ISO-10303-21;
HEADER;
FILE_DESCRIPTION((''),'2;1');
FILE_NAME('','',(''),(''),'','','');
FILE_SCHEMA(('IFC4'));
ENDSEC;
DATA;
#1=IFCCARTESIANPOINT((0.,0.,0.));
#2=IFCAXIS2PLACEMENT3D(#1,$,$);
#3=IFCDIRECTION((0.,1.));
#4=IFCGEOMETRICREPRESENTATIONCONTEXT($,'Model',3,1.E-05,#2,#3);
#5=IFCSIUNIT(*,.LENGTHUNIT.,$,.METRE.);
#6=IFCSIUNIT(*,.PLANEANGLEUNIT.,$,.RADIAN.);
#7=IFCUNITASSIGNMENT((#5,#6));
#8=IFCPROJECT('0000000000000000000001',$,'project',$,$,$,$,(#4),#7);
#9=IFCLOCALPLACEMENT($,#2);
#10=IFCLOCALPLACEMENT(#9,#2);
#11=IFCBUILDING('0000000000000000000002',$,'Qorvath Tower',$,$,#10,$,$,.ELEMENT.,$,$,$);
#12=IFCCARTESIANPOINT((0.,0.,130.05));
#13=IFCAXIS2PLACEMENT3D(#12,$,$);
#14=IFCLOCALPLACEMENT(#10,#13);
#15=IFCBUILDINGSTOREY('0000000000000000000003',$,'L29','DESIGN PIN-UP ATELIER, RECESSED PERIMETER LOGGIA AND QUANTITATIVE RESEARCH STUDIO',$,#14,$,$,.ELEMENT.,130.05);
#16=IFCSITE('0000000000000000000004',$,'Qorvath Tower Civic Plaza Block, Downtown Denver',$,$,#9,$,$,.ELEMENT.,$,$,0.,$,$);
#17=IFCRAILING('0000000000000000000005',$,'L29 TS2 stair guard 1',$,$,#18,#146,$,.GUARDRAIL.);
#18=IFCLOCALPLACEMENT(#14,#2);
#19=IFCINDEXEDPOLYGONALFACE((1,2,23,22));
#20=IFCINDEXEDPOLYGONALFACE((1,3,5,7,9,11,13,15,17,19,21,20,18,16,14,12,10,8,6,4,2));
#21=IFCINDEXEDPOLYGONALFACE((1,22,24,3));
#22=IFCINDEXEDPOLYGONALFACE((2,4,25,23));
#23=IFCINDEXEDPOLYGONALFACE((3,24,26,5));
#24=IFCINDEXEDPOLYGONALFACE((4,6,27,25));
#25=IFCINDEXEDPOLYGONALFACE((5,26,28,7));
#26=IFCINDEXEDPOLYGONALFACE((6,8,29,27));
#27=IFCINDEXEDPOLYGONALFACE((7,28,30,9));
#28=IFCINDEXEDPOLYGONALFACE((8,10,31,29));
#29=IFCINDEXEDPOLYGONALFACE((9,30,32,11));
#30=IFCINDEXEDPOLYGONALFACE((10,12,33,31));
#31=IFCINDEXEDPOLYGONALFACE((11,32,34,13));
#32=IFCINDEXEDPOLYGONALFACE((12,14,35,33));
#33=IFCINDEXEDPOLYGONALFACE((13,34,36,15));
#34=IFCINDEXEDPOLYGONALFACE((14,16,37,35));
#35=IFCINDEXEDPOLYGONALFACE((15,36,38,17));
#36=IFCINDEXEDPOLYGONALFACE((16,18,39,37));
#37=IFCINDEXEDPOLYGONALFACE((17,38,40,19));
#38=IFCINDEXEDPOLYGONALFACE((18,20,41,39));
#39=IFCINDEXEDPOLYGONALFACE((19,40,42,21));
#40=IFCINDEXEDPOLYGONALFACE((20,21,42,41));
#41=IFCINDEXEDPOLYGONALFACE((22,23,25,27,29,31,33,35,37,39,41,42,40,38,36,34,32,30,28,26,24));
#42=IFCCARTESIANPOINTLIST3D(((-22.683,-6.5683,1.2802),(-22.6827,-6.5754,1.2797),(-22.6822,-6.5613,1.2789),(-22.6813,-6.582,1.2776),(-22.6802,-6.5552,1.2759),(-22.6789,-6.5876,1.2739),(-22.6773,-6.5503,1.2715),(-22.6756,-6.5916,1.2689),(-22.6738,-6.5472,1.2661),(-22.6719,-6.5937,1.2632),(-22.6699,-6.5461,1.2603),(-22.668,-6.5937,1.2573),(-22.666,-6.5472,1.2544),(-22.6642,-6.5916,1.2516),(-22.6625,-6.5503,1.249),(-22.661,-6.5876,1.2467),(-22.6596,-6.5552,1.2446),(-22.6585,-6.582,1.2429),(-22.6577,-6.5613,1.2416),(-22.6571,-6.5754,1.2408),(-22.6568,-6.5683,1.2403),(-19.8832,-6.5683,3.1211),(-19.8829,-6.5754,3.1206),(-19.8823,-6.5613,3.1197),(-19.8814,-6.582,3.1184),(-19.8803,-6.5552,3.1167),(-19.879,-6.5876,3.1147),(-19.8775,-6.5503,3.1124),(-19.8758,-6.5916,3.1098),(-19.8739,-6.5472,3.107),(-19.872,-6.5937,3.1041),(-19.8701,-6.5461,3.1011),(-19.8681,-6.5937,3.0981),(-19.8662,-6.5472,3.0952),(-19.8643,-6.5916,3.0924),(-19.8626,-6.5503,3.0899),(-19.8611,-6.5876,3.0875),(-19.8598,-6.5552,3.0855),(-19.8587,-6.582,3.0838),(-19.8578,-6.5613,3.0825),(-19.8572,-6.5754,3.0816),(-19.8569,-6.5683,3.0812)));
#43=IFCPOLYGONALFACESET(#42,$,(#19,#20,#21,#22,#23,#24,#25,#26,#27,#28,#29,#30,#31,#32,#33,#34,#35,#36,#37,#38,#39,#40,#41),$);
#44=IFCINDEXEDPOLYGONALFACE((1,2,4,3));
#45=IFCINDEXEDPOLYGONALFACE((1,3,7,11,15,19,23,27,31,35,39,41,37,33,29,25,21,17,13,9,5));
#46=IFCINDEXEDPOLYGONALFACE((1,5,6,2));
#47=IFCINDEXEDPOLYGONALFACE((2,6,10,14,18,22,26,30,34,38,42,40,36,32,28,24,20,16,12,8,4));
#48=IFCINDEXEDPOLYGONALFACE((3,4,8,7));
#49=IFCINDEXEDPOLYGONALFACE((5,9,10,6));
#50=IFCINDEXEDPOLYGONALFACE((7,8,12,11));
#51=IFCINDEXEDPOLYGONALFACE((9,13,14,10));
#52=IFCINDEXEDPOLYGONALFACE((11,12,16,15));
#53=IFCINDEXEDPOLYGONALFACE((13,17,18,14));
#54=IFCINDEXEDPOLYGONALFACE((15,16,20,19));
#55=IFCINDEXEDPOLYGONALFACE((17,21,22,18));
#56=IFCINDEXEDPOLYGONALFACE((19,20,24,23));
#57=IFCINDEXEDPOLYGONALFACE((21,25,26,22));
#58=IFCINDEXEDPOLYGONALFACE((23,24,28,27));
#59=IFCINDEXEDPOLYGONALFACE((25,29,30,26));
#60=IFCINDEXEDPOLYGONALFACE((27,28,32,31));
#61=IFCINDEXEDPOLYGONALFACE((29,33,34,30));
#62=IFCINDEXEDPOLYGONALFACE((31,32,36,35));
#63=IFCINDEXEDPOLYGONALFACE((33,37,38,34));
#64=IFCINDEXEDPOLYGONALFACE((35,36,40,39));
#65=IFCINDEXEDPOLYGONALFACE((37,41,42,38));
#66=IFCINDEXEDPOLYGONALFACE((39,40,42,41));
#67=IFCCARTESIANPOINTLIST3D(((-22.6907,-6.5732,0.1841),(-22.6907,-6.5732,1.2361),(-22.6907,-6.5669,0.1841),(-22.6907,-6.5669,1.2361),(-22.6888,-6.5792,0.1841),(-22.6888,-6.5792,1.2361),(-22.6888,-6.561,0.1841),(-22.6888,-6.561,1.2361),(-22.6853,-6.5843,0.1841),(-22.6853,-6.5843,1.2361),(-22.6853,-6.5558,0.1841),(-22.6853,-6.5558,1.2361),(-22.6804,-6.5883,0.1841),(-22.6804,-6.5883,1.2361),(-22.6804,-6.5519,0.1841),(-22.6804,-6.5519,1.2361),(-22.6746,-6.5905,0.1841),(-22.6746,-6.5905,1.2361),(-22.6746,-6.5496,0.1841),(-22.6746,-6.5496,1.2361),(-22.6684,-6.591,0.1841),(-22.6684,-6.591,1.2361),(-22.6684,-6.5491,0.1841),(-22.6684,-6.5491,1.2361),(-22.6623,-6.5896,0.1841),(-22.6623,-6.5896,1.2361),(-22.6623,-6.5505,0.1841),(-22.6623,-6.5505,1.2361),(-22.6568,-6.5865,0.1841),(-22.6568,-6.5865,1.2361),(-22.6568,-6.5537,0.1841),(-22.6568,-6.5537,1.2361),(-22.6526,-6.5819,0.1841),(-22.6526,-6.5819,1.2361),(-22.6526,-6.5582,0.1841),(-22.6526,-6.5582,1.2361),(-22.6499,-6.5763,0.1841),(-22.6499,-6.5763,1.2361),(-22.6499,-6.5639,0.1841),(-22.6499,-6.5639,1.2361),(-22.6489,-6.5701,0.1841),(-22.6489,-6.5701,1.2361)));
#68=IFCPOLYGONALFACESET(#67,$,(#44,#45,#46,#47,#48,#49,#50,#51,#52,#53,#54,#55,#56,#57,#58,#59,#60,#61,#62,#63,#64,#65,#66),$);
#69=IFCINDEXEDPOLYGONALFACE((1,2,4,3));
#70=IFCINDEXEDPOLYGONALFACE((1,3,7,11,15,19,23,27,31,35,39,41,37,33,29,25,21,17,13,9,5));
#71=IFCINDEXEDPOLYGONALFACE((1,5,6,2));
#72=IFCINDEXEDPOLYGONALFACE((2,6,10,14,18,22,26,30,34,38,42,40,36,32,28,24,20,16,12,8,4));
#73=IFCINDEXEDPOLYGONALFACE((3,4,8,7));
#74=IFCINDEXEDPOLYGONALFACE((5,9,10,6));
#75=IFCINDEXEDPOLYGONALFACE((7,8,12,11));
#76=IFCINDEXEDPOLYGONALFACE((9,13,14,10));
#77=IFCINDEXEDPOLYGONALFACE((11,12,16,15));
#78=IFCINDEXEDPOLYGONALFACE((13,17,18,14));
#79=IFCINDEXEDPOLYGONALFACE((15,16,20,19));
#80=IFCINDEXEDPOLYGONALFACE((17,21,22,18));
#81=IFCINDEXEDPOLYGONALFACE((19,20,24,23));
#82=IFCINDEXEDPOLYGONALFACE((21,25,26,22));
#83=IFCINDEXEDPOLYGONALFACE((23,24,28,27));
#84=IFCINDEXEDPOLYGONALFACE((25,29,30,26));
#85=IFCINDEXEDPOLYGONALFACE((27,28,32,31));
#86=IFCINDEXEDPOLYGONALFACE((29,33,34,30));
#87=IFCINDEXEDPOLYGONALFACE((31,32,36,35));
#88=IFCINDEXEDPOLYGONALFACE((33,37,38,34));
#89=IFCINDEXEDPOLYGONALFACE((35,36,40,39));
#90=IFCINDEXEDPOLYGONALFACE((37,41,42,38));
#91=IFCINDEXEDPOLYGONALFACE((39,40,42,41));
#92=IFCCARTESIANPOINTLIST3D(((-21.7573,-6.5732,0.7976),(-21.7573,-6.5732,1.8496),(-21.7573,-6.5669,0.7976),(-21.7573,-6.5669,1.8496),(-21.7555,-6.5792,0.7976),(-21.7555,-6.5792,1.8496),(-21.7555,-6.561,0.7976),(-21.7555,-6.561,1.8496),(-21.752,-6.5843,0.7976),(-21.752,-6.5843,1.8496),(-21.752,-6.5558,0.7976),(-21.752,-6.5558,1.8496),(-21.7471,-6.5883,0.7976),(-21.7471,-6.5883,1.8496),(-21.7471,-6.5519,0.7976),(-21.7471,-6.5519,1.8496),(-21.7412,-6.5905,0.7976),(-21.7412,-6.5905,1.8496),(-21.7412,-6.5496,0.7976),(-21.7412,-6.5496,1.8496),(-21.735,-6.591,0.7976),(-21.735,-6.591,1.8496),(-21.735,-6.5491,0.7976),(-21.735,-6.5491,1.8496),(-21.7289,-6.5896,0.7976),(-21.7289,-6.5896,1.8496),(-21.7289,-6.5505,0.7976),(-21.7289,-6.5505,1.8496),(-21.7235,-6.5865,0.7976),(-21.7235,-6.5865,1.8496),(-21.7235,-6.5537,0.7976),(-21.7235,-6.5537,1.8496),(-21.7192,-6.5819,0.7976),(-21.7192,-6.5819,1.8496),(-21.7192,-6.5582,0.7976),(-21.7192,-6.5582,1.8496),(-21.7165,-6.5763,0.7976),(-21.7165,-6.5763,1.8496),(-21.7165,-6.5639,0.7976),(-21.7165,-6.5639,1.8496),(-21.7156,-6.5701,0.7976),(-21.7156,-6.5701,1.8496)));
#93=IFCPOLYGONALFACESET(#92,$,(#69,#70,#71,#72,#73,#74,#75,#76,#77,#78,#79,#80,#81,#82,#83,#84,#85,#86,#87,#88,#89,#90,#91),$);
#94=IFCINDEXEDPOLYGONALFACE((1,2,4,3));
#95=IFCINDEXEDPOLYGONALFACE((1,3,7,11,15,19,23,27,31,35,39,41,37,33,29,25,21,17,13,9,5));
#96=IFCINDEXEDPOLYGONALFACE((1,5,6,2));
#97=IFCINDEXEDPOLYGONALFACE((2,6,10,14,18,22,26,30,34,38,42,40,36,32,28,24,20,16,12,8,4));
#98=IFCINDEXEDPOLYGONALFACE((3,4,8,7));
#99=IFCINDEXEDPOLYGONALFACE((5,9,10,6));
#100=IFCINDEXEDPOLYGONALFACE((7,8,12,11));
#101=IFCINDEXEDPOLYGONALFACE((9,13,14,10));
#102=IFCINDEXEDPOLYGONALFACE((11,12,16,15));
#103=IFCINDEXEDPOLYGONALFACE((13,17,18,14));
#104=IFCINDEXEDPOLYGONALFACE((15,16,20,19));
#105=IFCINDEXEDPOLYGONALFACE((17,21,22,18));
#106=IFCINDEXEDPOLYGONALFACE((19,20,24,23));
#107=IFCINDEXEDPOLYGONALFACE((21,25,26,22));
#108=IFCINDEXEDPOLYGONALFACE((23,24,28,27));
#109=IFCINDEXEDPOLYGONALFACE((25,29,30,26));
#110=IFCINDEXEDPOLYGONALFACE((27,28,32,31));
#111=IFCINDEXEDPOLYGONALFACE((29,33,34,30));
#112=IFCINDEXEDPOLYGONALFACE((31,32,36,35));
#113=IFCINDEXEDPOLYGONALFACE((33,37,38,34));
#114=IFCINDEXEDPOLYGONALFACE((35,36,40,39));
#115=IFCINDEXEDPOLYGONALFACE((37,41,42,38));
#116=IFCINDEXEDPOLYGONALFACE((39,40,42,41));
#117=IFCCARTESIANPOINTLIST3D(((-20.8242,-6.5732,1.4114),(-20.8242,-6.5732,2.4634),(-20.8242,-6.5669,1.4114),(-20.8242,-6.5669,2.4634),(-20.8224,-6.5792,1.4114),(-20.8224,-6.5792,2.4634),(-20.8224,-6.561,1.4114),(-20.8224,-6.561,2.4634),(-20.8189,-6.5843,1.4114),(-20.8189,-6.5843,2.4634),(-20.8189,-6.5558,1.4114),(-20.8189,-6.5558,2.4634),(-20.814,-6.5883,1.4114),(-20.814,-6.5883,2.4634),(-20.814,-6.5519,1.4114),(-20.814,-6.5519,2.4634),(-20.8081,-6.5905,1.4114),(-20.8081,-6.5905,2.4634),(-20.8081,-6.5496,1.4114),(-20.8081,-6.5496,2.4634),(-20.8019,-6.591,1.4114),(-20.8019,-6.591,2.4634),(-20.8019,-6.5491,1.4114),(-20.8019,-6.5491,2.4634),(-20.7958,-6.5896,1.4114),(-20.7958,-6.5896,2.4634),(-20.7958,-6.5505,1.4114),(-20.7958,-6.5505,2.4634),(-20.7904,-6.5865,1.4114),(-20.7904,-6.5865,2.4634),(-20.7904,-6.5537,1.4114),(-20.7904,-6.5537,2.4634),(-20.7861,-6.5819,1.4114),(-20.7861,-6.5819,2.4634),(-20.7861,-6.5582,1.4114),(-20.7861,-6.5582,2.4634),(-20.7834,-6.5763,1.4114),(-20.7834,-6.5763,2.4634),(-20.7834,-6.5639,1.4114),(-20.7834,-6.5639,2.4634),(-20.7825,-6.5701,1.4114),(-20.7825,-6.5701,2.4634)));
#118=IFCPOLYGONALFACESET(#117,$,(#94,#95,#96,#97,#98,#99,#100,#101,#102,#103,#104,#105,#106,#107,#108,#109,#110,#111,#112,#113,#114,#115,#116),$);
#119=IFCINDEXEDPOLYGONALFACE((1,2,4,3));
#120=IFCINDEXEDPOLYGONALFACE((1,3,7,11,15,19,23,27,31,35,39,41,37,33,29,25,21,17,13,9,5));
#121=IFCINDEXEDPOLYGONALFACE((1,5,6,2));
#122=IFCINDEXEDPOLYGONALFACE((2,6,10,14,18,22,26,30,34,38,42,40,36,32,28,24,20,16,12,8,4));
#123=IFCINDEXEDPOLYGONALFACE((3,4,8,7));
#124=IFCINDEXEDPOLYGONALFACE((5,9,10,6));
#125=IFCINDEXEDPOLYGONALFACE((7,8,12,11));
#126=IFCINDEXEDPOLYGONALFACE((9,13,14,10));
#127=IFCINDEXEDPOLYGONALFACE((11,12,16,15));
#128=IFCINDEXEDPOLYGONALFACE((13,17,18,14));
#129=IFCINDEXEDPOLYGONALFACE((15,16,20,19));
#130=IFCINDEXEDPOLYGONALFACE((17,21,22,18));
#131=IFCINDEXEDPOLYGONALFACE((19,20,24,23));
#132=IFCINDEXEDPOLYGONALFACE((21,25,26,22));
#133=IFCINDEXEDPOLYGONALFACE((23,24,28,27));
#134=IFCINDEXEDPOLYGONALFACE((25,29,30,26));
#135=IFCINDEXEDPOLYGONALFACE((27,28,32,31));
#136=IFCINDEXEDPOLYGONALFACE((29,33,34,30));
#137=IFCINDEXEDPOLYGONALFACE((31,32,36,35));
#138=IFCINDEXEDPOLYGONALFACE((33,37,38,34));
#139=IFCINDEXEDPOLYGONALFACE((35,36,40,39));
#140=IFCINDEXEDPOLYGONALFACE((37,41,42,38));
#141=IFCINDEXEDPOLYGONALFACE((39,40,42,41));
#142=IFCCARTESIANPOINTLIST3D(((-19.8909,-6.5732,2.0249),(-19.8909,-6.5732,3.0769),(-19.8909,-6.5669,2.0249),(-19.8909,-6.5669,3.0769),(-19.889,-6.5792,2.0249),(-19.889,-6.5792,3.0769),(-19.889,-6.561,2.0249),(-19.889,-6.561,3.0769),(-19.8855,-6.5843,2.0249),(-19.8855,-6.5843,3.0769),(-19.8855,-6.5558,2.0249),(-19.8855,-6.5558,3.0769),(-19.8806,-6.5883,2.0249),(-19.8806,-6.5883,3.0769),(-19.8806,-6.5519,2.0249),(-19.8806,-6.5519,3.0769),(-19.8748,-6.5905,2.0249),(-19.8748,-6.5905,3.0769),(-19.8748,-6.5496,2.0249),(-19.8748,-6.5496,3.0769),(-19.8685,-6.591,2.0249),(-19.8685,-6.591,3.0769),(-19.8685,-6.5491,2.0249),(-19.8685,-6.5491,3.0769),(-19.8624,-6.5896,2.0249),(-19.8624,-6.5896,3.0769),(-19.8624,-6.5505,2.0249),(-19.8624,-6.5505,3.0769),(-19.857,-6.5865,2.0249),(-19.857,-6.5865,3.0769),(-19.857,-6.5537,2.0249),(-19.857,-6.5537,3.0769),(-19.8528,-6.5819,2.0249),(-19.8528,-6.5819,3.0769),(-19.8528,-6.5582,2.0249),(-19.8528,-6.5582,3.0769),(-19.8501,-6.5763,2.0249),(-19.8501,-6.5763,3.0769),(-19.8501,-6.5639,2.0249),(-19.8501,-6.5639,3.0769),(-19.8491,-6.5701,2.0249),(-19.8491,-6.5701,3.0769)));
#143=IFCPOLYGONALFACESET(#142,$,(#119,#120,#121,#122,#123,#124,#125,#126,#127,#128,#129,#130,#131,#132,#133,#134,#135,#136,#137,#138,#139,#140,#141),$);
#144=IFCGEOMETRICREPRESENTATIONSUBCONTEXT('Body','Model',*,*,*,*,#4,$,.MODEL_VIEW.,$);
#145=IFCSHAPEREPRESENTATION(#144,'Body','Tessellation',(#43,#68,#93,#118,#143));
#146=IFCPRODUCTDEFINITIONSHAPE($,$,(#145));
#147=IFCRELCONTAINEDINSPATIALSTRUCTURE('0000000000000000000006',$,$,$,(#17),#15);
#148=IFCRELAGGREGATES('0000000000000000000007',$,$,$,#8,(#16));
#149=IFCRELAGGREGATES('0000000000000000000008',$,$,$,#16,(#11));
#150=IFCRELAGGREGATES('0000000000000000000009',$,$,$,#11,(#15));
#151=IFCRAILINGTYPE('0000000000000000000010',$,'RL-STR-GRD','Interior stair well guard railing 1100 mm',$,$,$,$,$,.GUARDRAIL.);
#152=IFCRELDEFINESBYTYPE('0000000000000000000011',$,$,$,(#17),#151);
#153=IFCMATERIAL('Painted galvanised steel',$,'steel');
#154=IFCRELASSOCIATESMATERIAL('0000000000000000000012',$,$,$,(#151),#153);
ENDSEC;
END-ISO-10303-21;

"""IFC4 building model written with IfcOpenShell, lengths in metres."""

from ifc_helpers import new_model, si_unit, direction, frame, origin, origin_2d, place, context, subcontext, project, spatial, circle, extrude, material, type_object, element, save


model = new_model("IFC4")

# Units and contexts
model_context = context("Model", 3, precision=1e-05, world=origin(), true_north=direction((0.0, 1.0)))
body_context = subcontext(model_context, "Body", "Model", "MODEL_VIEW")
ifc_project = project(units=[si_unit("LENGTHUNIT", "METRE"), si_unit("PLANEANGLEUNIT", "RADIAN")], contexts=[model_context])

# Site, building, storey
site_placement = place(None, origin())
site = spatial("IfcSite", under=ifc_project, at=site_placement, Name="Qorvath Tower Civic Plaza Block, Downtown Denver", CompositionType="ELEMENT", RefElevation=0.0)
building_placement = place(site_placement, origin())
building = spatial("IfcBuilding", under=site, at=building_placement, Name="Qorvath Tower", CompositionType="ELEMENT")
storey_placement = place(building_placement, frame((0.0, 0.0, 130.05)))
storey = spatial("IfcBuildingStorey", under=building, at=storey_placement, Name="L29", Description="DESIGN PIN-UP ATELIER, RECESSED PERIMETER LOGGIA AND QUANTITATIVE RESEARCH STUDIO", CompositionType="ELEMENT", Elevation=130.05)

# Railing
ifc_material_1 = material(Name="Painted galvanised steel", Category="steel")
railing_type_1 = type_object("IfcRailingType", Name="RL-STR-GRD", Description="Interior stair well guard railing 1100 mm", PredefinedType="GUARDRAIL", material=ifc_material_1)
railing_1_placement = place(storey_placement, frame((-22.6699, -6.5701, 0.1841)))
element("IfcRailing", 1, at=railing_1_placement, inside=storey, type_object=railing_type_1, Name="L29 TS2 stair guard 1", PredefinedType="GUARDRAIL", context=body_context, shape_type="SweptSolid", body=[
    extrude(circle(Radius=0.0239, at=origin_2d()), frame((0.0, 0.0, 1.0762), z_axis=(0.835576, 0.0, 0.549376), x_axis=(0.0, 1.0, 0.0)), (0.0, 0.0, 1.0), 3.3508),
    extrude(circle(Radius=0.021, at=origin_2d()), origin(), (0.0, 0.0, 1.0), 1.052),
    extrude(circle(Radius=0.021, at=origin_2d()), frame((0.9333, 0.0, 0.6135)), (0.0, 0.0, 1.0), 1.052),
    extrude(circle(Radius=0.021, at=origin_2d()), frame((1.8665, 0.0, 1.2273)), (0.0, 0.0, 1.0), 1.052),
    extrude(circle(Radius=0.021, at=origin_2d()), frame((2.7998, 0.0, 1.8408)), (0.0, 0.0, 1.0), 1.052),
])

save(model, "model.ifc")
